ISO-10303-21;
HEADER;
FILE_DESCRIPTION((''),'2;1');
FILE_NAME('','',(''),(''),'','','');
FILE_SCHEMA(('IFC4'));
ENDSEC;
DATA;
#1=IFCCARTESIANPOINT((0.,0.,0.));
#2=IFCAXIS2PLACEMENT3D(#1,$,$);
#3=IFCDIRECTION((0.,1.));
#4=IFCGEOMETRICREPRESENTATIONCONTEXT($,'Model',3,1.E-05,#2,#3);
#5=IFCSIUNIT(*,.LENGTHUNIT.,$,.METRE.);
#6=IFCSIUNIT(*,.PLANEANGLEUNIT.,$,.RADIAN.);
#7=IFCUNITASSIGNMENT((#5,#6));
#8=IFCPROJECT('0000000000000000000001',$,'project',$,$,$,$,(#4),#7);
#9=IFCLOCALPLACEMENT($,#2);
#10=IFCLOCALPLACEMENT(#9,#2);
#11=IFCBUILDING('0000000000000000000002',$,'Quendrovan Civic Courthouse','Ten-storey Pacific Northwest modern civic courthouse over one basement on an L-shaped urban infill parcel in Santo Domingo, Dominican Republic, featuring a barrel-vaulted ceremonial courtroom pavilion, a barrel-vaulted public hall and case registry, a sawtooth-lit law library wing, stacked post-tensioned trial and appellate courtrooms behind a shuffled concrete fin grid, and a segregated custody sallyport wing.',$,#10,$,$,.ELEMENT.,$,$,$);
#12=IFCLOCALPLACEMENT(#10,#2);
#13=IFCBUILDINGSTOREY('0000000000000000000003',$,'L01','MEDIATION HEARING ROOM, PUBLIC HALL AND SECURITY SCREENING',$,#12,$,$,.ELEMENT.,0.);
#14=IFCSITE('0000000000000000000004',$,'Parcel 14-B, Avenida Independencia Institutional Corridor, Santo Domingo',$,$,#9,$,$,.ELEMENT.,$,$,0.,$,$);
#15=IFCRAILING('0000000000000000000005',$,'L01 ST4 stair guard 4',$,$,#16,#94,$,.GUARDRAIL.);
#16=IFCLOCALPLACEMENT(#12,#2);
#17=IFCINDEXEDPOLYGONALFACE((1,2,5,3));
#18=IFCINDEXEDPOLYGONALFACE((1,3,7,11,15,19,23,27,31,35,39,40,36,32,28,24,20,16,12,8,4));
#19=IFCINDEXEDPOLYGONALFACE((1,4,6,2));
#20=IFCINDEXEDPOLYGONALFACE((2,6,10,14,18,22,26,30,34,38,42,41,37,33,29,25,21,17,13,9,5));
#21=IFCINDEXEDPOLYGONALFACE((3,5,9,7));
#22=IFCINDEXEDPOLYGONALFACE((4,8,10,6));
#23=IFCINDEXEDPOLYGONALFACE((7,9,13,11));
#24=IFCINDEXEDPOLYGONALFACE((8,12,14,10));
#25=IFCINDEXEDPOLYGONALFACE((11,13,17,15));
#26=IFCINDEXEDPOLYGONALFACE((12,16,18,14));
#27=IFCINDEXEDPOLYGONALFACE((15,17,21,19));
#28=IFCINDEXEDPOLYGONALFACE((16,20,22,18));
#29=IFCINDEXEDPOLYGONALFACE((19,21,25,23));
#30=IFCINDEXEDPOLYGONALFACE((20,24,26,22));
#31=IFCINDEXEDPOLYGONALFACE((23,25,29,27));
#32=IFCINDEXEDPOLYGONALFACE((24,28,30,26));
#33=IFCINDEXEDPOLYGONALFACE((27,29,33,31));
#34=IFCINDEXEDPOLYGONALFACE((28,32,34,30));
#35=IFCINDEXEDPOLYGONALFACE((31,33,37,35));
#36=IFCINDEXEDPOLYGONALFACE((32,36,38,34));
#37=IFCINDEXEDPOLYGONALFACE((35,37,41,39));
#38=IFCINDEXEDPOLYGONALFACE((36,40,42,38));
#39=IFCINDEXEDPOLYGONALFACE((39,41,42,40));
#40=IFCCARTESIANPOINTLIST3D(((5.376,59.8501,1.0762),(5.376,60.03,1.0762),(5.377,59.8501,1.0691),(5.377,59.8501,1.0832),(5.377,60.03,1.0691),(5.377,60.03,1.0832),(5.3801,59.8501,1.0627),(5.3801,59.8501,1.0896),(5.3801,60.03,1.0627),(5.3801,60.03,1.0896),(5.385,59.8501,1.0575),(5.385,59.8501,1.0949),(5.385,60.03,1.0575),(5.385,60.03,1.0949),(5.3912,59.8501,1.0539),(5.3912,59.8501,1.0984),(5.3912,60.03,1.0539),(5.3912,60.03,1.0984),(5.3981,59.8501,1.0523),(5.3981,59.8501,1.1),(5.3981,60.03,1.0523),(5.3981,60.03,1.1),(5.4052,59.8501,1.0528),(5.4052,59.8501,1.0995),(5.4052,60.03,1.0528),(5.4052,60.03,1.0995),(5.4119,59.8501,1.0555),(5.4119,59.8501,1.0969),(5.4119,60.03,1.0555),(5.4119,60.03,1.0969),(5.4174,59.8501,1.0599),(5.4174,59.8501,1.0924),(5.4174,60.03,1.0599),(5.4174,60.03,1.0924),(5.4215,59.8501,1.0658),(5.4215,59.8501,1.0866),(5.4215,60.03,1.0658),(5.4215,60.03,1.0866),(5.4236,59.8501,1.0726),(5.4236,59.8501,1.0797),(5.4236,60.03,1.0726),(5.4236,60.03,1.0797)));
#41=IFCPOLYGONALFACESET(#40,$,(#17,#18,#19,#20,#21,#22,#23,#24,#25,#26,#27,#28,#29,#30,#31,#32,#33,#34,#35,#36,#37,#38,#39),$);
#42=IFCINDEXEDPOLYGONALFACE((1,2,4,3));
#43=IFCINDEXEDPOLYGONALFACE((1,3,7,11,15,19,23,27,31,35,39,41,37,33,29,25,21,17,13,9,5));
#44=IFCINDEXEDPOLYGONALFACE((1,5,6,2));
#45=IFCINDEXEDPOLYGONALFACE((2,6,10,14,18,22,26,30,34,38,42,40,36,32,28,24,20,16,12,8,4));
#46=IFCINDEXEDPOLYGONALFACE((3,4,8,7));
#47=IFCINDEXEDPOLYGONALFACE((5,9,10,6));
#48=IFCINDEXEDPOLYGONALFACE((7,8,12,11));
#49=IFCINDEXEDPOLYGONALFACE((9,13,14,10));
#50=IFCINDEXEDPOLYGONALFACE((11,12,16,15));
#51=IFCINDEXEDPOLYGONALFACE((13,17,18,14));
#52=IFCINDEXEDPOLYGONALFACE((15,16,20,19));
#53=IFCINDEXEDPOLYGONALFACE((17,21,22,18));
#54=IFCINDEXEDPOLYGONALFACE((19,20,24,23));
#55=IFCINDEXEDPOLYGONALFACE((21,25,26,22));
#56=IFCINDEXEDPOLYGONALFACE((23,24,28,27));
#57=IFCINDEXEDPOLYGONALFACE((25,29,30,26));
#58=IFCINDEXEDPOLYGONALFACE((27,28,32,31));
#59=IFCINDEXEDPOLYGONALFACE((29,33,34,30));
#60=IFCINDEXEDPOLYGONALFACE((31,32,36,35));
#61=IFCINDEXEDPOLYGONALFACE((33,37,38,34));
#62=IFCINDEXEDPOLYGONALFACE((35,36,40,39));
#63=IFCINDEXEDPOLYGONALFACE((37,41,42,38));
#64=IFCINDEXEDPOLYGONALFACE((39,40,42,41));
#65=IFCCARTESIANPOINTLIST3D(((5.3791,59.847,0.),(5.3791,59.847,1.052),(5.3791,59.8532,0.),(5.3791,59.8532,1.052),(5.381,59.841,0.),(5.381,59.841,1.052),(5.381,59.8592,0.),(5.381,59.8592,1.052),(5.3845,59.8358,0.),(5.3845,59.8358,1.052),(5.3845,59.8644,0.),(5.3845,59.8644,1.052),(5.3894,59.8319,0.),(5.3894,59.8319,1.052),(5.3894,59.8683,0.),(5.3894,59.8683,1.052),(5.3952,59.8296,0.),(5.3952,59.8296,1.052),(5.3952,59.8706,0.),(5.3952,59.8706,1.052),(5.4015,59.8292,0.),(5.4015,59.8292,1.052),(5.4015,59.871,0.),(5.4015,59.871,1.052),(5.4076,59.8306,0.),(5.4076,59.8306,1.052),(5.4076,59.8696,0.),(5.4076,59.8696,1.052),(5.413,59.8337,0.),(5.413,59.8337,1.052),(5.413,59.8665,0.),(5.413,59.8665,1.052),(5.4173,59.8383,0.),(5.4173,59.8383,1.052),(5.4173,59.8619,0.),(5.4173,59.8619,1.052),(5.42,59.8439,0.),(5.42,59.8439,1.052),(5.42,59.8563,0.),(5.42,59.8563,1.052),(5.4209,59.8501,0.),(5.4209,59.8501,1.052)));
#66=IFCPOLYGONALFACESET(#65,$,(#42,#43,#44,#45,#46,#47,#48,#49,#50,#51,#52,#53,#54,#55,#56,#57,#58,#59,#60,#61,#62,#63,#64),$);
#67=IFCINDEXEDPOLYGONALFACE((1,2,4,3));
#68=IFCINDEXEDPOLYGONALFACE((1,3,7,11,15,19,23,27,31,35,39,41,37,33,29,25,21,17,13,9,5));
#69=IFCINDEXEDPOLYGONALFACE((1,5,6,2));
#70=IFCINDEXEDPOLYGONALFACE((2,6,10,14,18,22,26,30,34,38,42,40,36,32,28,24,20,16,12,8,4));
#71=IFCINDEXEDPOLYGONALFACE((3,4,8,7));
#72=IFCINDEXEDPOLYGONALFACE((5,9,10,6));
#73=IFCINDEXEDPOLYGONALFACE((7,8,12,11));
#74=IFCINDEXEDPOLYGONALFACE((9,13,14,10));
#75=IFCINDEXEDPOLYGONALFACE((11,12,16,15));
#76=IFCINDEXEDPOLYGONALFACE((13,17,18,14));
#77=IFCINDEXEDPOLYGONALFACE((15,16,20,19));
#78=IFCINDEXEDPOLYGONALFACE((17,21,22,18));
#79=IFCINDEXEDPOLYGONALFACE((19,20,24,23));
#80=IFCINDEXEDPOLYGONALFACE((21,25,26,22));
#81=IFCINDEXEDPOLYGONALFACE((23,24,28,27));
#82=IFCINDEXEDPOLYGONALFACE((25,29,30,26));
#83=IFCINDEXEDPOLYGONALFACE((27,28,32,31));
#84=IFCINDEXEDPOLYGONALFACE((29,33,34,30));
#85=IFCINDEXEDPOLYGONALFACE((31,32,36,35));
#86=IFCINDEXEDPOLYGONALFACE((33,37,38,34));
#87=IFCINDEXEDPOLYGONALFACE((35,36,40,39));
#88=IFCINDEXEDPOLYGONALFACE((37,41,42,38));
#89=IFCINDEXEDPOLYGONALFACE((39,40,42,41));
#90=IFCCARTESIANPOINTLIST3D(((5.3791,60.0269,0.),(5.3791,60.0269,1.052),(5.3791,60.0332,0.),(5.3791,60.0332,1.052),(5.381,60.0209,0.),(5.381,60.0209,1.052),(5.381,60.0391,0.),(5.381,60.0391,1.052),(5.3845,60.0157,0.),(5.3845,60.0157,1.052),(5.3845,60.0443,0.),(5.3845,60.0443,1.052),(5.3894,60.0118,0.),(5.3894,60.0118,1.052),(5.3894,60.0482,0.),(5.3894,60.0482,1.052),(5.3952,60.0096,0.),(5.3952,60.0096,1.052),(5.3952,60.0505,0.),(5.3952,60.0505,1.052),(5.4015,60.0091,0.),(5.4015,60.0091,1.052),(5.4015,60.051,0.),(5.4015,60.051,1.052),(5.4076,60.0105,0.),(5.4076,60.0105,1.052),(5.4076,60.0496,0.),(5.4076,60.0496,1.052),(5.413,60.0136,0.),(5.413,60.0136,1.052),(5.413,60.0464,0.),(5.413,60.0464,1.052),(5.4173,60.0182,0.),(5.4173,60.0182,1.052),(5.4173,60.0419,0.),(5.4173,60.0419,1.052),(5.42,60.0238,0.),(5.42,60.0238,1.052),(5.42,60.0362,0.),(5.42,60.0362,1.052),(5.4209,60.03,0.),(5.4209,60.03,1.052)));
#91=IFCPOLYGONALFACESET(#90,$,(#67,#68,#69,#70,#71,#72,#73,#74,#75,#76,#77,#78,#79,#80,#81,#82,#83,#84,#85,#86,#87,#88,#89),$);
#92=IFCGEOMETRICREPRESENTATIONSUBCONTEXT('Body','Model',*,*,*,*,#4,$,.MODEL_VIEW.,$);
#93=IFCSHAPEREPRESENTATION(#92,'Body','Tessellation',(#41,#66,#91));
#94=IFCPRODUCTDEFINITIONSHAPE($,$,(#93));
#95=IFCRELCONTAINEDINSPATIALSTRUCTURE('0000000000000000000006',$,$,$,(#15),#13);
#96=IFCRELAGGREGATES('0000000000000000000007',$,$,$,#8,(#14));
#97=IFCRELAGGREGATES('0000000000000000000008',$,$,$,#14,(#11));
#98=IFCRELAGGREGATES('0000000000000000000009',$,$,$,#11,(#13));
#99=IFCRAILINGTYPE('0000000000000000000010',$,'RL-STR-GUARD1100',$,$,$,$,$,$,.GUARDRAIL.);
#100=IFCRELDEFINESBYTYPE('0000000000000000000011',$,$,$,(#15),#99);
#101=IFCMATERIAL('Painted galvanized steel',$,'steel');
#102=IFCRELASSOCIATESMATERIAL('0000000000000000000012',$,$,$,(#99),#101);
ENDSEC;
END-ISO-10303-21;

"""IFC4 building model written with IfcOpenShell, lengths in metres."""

from ifc_helpers import new_model, si_unit, direction, frame, origin, origin_2d, place, context, subcontext, project, spatial, circle, extrude, material, type_object, element, save


model = new_model("IFC4")

# Units and contexts
model_context = context("Model", 3, precision=1e-05, world=origin(), true_north=direction((0.0, 1.0)))
body_context = subcontext(model_context, "Body", "Model", "MODEL_VIEW")
ifc_project = project(units=[si_unit("LENGTHUNIT", "METRE"), si_unit("PLANEANGLEUNIT", "RADIAN")], contexts=[model_context])

# Site, building, storey
site_placement = place(None, origin())
site = spatial("IfcSite", under=ifc_project, at=site_placement, Name="Parcel 14-B, Avenida Independencia Institutional Corridor, Santo Domingo", CompositionType="ELEMENT", RefElevation=0.0)
building_placement = place(site_placement, origin())
building = spatial("IfcBuilding", under=site, at=building_placement, Name="Quendrovan Civic Courthouse", Description="Ten-storey Pacific Northwest modern civic courthouse over one basement on an L-shaped urban infill parcel in Santo Domingo, Dominican Republic, featuring a barrel-vaulted ceremonial courtroom pavilion, a barrel-vaulted public hall and case registry, a sawtooth-lit law library wing, stacked post-tensioned trial and appellate courtrooms behind a shuffled concrete fin grid, and a segregated custody sallyport wing.", CompositionType="ELEMENT")
storey_placement = place(building_placement, origin())
storey = spatial("IfcBuildingStorey", under=building, at=storey_placement, Name="L01", Description="MEDIATION HEARING ROOM, PUBLIC HALL AND SECURITY SCREENING", CompositionType="ELEMENT", Elevation=0.0)

# Railing
ifc_material_1 = material(Name="Painted galvanized steel", Category="steel")
railing_type_1 = type_object("IfcRailingType", Name="RL-STR-GUARD1100", PredefinedType="GUARDRAIL", material=ifc_material_1)
railing_1_placement = place(storey_placement, frame((5.3999, 59.8501, 0.0)))
element("IfcRailing", 1, at=railing_1_placement, inside=storey, type_object=railing_type_1, Name="L01 ST4 stair guard 4", PredefinedType="GUARDRAIL", context=body_context, shape_type="SweptSolid", body=[
    extrude(circle(Radius=0.0239, at=origin_2d()), frame((0.0, 0.0, 1.0762), z_axis=(0.0, 1.0, 0.0), x_axis=(-1.0, 0.0, 0.0)), (0.0, 0.0, 1.0), 0.1799),
    extrude(circle(Radius=0.021, at=origin_2d()), origin(), (0.0, 0.0, 1.0), 1.052),
    extrude(circle(Radius=0.021, at=origin_2d()), frame((0.0, 0.1799, 0.0)), (0.0, 0.0, 1.0), 1.052),
])

save(model, "model.ifc")
